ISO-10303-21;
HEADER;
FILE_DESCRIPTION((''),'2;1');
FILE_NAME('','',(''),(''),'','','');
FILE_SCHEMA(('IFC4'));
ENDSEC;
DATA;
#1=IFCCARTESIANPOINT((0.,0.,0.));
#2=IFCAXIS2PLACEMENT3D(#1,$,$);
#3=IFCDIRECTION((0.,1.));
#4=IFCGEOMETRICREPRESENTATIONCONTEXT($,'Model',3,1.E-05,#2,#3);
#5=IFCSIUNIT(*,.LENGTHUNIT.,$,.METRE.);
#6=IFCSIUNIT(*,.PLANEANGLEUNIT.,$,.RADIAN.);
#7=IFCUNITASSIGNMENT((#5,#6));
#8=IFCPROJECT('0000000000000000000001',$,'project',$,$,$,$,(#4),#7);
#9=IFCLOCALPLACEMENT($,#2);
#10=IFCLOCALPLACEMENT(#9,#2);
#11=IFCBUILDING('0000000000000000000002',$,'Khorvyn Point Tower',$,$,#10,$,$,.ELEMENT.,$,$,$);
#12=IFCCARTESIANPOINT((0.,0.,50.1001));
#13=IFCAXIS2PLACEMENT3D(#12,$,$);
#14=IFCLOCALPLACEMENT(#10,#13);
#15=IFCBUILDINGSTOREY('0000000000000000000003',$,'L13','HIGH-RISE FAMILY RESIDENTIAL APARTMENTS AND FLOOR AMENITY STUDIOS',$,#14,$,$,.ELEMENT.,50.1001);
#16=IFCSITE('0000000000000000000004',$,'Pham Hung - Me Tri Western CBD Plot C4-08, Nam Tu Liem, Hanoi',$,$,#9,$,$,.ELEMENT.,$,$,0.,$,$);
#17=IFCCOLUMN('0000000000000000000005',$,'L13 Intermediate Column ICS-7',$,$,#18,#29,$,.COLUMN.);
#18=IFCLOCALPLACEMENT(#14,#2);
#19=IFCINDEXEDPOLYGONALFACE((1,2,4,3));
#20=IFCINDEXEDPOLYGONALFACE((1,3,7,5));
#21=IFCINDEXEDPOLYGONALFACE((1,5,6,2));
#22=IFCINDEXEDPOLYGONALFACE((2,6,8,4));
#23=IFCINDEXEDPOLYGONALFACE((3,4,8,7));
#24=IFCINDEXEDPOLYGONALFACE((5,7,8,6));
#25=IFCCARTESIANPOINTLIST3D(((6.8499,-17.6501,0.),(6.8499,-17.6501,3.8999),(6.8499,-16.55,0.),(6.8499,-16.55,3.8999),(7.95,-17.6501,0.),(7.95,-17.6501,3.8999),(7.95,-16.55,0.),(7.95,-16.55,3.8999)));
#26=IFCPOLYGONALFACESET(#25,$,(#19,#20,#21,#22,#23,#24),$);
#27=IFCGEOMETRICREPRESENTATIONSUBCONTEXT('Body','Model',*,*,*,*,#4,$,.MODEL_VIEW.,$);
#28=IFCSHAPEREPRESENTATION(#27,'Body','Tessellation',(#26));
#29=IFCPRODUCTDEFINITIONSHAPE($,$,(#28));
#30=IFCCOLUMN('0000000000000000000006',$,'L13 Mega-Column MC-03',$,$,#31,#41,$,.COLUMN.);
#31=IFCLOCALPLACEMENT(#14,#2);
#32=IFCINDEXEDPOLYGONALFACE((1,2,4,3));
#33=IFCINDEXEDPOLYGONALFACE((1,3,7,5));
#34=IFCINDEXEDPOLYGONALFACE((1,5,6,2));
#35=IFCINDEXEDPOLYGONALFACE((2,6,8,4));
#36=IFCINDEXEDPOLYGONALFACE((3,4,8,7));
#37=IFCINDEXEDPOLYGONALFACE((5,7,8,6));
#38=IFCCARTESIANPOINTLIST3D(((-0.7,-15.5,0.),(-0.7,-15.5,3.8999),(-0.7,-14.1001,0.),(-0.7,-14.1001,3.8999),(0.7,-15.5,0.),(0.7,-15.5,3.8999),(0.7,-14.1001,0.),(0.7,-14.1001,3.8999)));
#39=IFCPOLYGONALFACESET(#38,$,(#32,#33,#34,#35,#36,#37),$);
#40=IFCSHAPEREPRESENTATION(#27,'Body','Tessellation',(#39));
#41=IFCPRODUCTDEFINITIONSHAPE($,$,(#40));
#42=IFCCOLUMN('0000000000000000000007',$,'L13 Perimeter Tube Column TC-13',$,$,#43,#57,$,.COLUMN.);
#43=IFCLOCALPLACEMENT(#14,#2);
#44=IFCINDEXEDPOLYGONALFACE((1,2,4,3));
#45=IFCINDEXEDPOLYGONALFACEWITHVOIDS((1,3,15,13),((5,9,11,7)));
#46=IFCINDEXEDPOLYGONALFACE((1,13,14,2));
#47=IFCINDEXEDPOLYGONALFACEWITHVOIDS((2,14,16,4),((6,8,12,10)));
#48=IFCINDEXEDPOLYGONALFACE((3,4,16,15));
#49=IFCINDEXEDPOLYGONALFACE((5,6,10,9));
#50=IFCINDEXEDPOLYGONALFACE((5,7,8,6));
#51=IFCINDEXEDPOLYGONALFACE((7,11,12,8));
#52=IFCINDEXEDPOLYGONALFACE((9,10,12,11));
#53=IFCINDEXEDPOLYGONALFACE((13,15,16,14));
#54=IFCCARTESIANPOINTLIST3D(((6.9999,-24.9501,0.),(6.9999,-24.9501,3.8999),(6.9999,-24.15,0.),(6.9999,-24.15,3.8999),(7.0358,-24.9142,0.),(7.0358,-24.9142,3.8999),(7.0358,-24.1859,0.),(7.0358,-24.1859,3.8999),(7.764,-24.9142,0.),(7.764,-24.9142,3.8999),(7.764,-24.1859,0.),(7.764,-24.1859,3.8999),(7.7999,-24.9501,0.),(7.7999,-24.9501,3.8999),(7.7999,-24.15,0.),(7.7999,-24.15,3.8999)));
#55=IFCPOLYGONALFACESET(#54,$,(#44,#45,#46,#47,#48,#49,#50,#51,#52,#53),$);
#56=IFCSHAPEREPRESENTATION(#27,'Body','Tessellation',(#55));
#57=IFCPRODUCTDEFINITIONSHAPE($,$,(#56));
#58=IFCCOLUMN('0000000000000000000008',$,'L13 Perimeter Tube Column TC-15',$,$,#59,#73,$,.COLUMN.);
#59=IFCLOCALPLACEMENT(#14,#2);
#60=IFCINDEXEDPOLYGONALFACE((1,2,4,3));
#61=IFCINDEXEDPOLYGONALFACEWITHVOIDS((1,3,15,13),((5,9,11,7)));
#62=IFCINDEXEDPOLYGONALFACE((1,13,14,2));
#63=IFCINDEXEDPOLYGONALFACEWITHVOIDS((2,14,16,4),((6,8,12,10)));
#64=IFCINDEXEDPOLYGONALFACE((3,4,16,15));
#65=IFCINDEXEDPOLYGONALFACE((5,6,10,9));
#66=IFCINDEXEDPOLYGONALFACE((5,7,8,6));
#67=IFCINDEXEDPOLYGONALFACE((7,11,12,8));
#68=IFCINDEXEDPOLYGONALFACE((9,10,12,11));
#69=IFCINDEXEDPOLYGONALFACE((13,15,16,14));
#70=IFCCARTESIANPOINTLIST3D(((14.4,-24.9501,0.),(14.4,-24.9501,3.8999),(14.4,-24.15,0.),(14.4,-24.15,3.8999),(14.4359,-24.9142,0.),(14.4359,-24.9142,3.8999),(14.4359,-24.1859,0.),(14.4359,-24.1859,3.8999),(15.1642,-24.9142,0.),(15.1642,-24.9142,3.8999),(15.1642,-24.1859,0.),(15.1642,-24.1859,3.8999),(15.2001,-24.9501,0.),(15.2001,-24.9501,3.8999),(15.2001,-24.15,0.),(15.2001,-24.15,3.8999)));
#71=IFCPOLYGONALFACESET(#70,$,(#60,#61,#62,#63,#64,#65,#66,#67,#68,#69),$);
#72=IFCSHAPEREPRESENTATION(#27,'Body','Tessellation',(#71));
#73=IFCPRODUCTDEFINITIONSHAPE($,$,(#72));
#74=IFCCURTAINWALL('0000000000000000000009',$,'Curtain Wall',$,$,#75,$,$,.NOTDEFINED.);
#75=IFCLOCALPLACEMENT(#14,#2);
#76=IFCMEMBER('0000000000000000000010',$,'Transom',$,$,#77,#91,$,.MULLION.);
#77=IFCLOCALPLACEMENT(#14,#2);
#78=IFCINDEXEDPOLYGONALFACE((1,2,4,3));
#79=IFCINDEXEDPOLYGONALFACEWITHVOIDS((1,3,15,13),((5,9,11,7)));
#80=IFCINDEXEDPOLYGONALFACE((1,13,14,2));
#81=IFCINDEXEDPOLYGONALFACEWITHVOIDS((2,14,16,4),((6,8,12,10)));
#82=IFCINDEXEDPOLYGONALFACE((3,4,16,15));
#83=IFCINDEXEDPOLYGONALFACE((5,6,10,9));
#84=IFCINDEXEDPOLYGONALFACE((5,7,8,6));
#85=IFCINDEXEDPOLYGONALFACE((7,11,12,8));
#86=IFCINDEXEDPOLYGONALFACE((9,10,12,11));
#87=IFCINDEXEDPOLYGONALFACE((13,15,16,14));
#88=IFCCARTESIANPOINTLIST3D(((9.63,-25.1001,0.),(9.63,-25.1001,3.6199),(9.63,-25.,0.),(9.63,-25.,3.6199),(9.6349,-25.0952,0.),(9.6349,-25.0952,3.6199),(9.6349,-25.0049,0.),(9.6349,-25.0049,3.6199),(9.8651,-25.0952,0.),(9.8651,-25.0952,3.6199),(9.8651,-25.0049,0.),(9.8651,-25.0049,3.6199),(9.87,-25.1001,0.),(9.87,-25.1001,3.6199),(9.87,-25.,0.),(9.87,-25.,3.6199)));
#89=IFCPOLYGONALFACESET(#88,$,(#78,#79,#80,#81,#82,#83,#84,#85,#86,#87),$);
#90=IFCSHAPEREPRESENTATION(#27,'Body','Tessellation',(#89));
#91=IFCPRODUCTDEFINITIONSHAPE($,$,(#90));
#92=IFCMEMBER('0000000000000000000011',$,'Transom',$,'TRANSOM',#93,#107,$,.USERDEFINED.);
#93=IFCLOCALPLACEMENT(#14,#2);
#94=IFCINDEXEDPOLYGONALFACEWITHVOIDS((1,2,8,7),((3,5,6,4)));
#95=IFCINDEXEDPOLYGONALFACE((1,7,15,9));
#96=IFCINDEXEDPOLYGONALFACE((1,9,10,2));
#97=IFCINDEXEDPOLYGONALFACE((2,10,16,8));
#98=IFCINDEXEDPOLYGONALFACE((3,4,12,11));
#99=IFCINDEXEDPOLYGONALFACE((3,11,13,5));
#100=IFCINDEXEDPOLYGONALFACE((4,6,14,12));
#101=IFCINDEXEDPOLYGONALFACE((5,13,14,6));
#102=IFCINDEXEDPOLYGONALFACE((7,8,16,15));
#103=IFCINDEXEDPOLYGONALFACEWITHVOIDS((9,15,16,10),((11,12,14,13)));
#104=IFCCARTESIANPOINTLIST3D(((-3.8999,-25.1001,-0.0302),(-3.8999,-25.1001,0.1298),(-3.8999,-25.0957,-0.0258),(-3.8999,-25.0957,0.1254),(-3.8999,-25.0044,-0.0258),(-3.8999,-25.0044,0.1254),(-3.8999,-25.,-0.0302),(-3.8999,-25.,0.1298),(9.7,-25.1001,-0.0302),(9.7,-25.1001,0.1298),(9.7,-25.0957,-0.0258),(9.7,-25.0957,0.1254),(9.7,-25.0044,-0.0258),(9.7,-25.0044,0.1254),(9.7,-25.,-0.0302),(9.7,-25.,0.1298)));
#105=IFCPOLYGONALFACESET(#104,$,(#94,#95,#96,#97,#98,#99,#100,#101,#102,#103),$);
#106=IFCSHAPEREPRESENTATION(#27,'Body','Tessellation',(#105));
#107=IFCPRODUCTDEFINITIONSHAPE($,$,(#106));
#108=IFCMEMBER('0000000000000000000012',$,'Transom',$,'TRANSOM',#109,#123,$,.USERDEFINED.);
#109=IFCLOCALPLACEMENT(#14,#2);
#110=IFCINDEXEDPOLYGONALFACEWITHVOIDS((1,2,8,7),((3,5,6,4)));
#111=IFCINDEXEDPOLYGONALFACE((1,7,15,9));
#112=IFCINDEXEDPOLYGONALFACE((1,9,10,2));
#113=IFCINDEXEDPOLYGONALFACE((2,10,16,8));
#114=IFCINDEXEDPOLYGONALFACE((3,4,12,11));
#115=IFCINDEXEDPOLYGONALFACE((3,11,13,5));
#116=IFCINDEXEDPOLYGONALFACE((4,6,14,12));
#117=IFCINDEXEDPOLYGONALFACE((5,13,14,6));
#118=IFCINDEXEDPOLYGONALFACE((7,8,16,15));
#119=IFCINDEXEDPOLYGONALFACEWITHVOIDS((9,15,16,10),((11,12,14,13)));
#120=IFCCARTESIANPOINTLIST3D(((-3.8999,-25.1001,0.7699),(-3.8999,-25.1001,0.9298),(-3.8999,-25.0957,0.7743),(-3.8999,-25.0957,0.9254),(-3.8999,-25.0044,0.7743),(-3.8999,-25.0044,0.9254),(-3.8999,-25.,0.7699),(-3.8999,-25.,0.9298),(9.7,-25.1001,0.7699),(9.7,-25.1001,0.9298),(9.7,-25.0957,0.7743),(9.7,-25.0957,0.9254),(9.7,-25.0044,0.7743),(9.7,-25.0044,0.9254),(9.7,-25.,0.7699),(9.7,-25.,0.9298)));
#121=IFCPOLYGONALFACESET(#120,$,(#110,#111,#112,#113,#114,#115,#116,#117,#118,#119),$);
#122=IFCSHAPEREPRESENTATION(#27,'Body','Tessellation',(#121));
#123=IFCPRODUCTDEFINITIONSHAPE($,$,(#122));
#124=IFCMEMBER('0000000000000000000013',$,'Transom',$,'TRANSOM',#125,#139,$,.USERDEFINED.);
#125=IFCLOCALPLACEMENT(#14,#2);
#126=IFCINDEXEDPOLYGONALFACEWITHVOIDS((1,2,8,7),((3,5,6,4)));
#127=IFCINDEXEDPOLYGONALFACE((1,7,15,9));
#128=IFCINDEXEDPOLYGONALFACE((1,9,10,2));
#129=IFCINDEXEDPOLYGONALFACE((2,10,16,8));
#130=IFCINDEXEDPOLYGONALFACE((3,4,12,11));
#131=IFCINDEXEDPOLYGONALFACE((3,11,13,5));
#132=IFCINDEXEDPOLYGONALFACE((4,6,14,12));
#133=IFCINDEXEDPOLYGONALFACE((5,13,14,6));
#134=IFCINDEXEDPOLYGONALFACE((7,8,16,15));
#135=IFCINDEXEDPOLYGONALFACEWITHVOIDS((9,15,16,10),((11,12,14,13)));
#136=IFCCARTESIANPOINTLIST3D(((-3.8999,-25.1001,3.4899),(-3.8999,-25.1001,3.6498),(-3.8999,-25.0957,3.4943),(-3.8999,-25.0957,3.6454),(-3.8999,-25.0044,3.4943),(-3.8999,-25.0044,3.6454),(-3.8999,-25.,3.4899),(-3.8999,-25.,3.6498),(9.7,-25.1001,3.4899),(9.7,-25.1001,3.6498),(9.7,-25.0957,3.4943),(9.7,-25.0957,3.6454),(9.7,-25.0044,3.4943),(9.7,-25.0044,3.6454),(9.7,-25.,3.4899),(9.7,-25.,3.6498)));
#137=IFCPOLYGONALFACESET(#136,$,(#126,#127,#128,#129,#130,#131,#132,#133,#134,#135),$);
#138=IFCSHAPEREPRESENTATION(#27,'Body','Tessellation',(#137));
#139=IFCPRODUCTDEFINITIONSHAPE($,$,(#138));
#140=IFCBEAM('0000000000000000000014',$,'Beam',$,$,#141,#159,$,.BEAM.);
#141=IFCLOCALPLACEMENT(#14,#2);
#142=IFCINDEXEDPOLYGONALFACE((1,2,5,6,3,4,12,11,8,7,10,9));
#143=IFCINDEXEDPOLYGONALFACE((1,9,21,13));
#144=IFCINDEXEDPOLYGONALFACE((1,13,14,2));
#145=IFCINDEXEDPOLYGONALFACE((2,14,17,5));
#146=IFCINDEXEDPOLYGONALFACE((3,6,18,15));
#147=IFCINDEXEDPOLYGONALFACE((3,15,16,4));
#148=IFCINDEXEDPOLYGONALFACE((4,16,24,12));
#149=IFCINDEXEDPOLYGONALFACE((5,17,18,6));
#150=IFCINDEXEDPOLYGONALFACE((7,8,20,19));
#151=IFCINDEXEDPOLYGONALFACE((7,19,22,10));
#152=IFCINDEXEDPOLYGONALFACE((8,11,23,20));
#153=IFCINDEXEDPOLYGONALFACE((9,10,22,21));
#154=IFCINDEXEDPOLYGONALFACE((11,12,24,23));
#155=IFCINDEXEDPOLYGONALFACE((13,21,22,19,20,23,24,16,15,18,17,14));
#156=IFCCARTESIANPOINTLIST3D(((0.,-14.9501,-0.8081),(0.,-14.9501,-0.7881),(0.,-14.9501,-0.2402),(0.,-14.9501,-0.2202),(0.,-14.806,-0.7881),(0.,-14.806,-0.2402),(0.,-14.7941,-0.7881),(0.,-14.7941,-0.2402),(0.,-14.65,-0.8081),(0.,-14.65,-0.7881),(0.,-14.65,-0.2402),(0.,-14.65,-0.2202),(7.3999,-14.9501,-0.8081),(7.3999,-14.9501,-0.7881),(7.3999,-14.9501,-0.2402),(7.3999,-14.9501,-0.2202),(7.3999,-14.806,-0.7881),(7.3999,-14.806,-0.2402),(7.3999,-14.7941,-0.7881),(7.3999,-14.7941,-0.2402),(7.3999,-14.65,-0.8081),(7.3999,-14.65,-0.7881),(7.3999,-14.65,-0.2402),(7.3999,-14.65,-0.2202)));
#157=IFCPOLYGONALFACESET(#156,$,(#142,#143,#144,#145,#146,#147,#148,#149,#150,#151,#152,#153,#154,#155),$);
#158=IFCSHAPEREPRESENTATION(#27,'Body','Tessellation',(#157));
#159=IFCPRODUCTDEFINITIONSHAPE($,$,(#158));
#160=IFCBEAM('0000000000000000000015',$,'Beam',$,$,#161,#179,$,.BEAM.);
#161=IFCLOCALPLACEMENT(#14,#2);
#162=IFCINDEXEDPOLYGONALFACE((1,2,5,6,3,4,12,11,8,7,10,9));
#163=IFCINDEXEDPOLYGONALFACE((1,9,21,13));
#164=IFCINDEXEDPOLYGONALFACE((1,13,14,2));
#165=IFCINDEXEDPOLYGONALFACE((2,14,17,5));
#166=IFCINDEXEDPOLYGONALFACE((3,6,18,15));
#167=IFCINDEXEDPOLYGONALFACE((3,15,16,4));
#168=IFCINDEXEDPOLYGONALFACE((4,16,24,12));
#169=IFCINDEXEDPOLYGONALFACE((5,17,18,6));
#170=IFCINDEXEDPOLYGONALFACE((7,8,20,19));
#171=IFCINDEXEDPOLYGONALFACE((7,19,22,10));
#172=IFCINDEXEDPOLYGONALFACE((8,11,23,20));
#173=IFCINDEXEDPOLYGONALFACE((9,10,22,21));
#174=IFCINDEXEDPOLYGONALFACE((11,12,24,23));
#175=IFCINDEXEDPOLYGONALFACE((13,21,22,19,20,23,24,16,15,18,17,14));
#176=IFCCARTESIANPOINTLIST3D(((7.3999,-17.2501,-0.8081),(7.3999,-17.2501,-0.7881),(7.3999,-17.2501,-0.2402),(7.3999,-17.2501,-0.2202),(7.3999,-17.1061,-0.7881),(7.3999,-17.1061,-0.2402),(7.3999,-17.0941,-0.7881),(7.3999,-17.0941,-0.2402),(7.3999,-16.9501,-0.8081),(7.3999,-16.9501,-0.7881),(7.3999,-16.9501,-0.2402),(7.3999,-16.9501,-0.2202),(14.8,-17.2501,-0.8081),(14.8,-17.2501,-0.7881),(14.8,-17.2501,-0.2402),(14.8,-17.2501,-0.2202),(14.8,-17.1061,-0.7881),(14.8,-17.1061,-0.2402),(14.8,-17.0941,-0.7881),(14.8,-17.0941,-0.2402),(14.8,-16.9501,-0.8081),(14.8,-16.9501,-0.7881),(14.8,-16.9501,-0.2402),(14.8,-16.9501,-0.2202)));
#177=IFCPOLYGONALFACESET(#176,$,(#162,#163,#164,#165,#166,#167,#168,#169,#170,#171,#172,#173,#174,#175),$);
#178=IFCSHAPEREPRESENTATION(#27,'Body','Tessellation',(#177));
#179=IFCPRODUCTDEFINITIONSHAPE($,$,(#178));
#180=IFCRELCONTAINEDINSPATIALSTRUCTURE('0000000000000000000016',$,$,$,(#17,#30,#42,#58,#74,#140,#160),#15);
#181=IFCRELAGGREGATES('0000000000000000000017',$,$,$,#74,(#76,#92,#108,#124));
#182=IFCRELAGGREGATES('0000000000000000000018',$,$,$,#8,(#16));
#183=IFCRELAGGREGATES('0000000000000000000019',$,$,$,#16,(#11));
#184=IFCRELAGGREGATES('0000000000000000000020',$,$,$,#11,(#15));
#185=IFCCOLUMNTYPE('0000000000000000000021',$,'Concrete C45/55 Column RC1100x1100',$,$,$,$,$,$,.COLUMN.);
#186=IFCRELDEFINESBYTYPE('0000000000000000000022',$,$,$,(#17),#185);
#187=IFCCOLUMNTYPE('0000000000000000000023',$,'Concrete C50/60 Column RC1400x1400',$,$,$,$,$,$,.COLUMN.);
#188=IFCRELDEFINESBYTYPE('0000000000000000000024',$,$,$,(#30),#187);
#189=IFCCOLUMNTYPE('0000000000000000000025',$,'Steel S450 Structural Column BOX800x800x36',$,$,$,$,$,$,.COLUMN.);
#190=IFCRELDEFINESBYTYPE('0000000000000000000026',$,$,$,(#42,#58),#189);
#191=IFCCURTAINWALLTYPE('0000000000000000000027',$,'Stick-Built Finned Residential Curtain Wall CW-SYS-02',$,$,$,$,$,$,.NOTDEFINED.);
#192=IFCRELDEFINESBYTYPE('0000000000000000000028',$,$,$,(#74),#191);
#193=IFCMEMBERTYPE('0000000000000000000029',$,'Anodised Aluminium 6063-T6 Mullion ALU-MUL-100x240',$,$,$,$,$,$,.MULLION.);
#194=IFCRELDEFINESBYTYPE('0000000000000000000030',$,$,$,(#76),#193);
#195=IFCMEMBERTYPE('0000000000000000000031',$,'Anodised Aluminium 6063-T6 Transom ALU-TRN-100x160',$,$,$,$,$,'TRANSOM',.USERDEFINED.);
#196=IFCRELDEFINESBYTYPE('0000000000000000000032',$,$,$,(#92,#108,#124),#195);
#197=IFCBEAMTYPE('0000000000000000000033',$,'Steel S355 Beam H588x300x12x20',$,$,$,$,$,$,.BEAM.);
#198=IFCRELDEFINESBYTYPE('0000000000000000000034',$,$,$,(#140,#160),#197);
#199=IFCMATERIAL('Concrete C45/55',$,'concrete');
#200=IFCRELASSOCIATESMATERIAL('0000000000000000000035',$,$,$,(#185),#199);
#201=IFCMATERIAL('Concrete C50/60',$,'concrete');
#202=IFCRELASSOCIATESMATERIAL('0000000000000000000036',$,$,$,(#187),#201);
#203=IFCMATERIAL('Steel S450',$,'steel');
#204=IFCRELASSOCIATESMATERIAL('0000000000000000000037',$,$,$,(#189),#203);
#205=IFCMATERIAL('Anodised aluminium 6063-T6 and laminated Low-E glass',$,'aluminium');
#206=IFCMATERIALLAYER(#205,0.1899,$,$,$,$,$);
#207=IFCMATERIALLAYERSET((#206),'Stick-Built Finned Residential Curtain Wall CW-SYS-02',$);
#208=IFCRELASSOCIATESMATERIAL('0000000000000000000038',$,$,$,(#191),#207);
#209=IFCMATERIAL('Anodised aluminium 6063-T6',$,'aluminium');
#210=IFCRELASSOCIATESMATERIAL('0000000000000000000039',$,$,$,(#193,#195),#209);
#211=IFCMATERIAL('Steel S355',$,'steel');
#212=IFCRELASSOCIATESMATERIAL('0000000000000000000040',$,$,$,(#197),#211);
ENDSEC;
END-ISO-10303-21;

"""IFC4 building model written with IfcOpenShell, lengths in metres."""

from ifc_helpers import new_model, si_unit, direction, frame, origin, origin_2d, place, context, subcontext, project, spatial, rectangle, hollow_rectangle, i_section, extrude, material, layer, layer_set, material_profile, profile_set, type_object, element, aggregate, save


model = new_model("IFC4")

# Units and contexts
model_context = context("Model", 3, precision=1e-05, world=origin(), true_north=direction((0.0, 1.0)))
body_context = subcontext(model_context, "Body", "Model", "MODEL_VIEW")
ifc_project = project(units=[si_unit("LENGTHUNIT", "METRE"), si_unit("PLANEANGLEUNIT", "RADIAN")], contexts=[model_context])

# Site, building, storey
site_placement = place(None, origin())
site = spatial("IfcSite", under=ifc_project, at=site_placement, Name="Pham Hung - Me Tri Western CBD Plot C4-08, Nam Tu Liem, Hanoi", CompositionType="ELEMENT", RefElevation=0.0)
building_placement = place(site_placement, origin())
building = spatial("IfcBuilding", under=site, at=building_placement, Name="Khorvyn Point Tower", CompositionType="ELEMENT")
storey_placement = place(building_placement, frame((0.0, 0.0, 50.1001)))
storey = spatial("IfcBuildingStorey", under=building, at=storey_placement, Name="L13", Description="HIGH-RISE FAMILY RESIDENTIAL APARTMENTS AND FLOOR AMENITY STUDIOS", CompositionType="ELEMENT", Elevation=50.1001)

# Columns
ifc_material_1 = material(Name="Concrete C45/55", Category="concrete")
ifc_material_profile_1 = material_profile(ifc_material_1, rectangle(XDim=1.1001, YDim=1.1001, at=origin_2d()))
ifc_profile_set_1 = profile_set([ifc_material_profile_1], Name="Concrete C45/55 RC1100x1100")
column_type_1 = type_object("IfcColumnType", Name="Concrete C45/55 Column RC1100x1100", PredefinedType="COLUMN", material=ifc_profile_set_1)
column_1_placement = place(storey_placement, frame((7.3999, -17.1001, 0.0), z_axis=(0.0, 0.0, 1.0), x_axis=(1.0, 0.0, 0.0)))
element("IfcColumn", 1, at=column_1_placement, inside=storey, type_object=column_type_1, Name="L13 Intermediate Column ICS-7", PredefinedType="COLUMN", context=body_context, shape_type="SweptSolid", body=[
    extrude(rectangle(XDim=1.1001, YDim=1.1001, at=origin_2d()), origin(), (0.0, 0.0, 1.0), 3.8999),
])
ifc_material_2 = material(Name="Concrete C50/60", Category="concrete")
ifc_material_profile_2 = material_profile(ifc_material_2, rectangle(XDim=1.3999, YDim=1.3999, at=origin_2d()))
ifc_profile_set_2 = profile_set([ifc_material_profile_2], Name="Concrete C50/60 RC1400x1400")
column_type_2 = type_object("IfcColumnType", Name="Concrete C50/60 Column RC1400x1400", PredefinedType="COLUMN", material=ifc_profile_set_2)
column_2_placement = place(storey_placement, frame((0.0, -14.8, 0.0), z_axis=(0.0, 0.0, 1.0), x_axis=(1.0, 0.0, 0.0)))
element("IfcColumn", 2, at=column_2_placement, inside=storey, type_object=column_type_2, Name="L13 Mega-Column MC-03", PredefinedType="COLUMN", context=body_context, shape_type="SweptSolid", body=[
    extrude(rectangle(XDim=1.3999, YDim=1.3999, at=origin_2d()), origin(), (0.0, 0.0, 1.0), 3.8999),
])
ifc_material_3 = material(Name="Steel S450", Category="steel")
ifc_material_profile_3 = material_profile(ifc_material_3, hollow_rectangle(XDim=0.8, YDim=0.8, WallThickness=0.0359, at=origin_2d()))
ifc_profile_set_3 = profile_set([ifc_material_profile_3], Name="Steel S450 BOX800x800x36")
column_type_3 = type_object("IfcColumnType", Name="Steel S450 Structural Column BOX800x800x36", PredefinedType="COLUMN", material=ifc_profile_set_3)
for number, where, z_axis, x_axis, name in (
    (3, (7.3999, -24.55, 0.0), (0.0, 0.0, 1.0), (1.0, 0.0, 0.0), "L13 Perimeter Tube Column TC-13"),
    (4, (14.8, -24.55, 0.0), (0.0, 0.0, 1.0), (1.0, 0.0, 0.0), "L13 Perimeter Tube Column TC-15"),
):
    element("IfcColumn", number, at=place(storey_placement, frame(where, z_axis=z_axis, x_axis=x_axis)), inside=storey, type_object=column_type_3, Name=name, PredefinedType="COLUMN", context=body_context, shape_type="SweptSolid", body=[
        extrude(hollow_rectangle(XDim=0.8, YDim=0.8, WallThickness=0.0359, at=origin_2d()), origin(), (0.0, 0.0, 1.0), 3.8999),
    ])

# Curtain wall, members
ifc_material_4 = material(Name="Anodised aluminium 6063-T6 and laminated Low-E glass", Category="aluminium")
ifc_layer_1 = layer(ifc_material_4, 0.1899)
ifc_layer_set_1 = layer_set([ifc_layer_1], Name="Stick-Built Finned Residential Curtain Wall CW-SYS-02")
curtain_wall_type = type_object("IfcCurtainWallType", Name="Stick-Built Finned Residential Curtain Wall CW-SYS-02", PredefinedType="NOTDEFINED", material=ifc_layer_set_1)
curtain_wall_placement = place(storey_placement, origin())
curtain_wall = element("IfcCurtainWall", 5, at=curtain_wall_placement, inside=storey, type_object=curtain_wall_type, Name="Curtain Wall", PredefinedType="NOTDEFINED")
ifc_material_5 = material(Name="Anodised aluminium 6063-T6", Category="aluminium")
ifc_material_profile_4 = material_profile(ifc_material_5, hollow_rectangle(XDim=0.1001, YDim=0.24, WallThickness=0.0049, at=origin_2d()))
ifc_profile_set_4 = profile_set([ifc_material_profile_4], Name="Anodised aluminium 6063-T6 ALU-MUL-100x240")
member_type_1 = type_object("IfcMemberType", Name="Anodised Aluminium 6063-T6 Mullion ALU-MUL-100x240", PredefinedType="MULLION", material=ifc_profile_set_4)
member_1_placement = place(storey_placement, frame((9.75, -25.05, 0.0), z_axis=(0.0, 0.0, 1.0), x_axis=(0.0, -1.0, 0.0)))
member_1 = element("IfcMember", 6, at=member_1_placement, type_object=member_type_1, Name="Transom", PredefinedType="MULLION", context=body_context, shape_type="SweptSolid", body=[
    extrude(hollow_rectangle(XDim=0.1001, YDim=0.24, WallThickness=0.0049, at=origin_2d()), origin(), (0.0, 0.0, 1.0), 3.6199),
])
ifc_material_profile_5 = material_profile(ifc_material_5, hollow_rectangle(XDim=0.1001, YDim=0.1599, WallThickness=0.0044, at=origin_2d()))
ifc_profile_set_5 = profile_set([ifc_material_profile_5], Name="Anodised aluminium 6063-T6 ALU-TRN-100x160")
member_type_2 = type_object("IfcMemberType", Name="Anodised Aluminium 6063-T6 Transom ALU-TRN-100x160", ElementType="TRANSOM", PredefinedType="USERDEFINED", material=ifc_profile_set_5)
member_2_placement = place(storey_placement, frame((9.7, -25.05, 0.0498), z_axis=(-1.0, 0.0, 0.0), x_axis=(0.0, -1.0, 0.0)))
member_2 = element("IfcMember", 7, at=member_2_placement, type_object=member_type_2, Name="Transom", ObjectType="TRANSOM", PredefinedType="USERDEFINED", context=body_context, shape_type="SweptSolid", body=[
    extrude(hollow_rectangle(XDim=0.1001, YDim=0.1599, WallThickness=0.0044, at=origin_2d()), origin(), (0.0, 0.0, 1.0), 13.5999),
])
member_3_placement = place(storey_placement, frame((9.7, -25.05, 0.8499), z_axis=(-1.0, 0.0, 0.0), x_axis=(0.0, -1.0, 0.0)))
member_3 = element("IfcMember", 8, at=member_3_placement, type_object=member_type_2, Name="Transom", ObjectType="TRANSOM", PredefinedType="USERDEFINED", context=body_context, shape_type="SweptSolid", body=[
    extrude(hollow_rectangle(XDim=0.1001, YDim=0.1599, WallThickness=0.0044, at=origin_2d()), origin(), (0.0, 0.0, 1.0), 13.5999),
])
member_4_placement = place(storey_placement, frame((9.7, -25.05, 3.5698), z_axis=(-1.0, 0.0, 0.0), x_axis=(0.0, -1.0, 0.0)))
member_4 = element("IfcMember", 9, at=member_4_placement, type_object=member_type_2, Name="Transom", ObjectType="TRANSOM", PredefinedType="USERDEFINED", context=body_context, shape_type="SweptSolid", body=[
    extrude(hollow_rectangle(XDim=0.1001, YDim=0.1599, WallThickness=0.0044, at=origin_2d()), origin(), (0.0, 0.0, 1.0), 13.5999),
])

# Beams
ifc_material_6 = material(Name="Steel S355", Category="steel")
ifc_material_profile_6 = material_profile(ifc_material_6, i_section(OverallWidth=0.3, OverallDepth=0.5879, WebThickness=0.012, FlangeThickness=0.02, at=origin_2d()))
ifc_profile_set_6 = profile_set([ifc_material_profile_6], Name="Steel S355 H588x300x12x20")
beam_type_1 = type_object("IfcBeamType", Name="Steel S355 Beam H588x300x12x20", PredefinedType="BEAM", material=ifc_profile_set_6)
beam_1_placement = place(storey_placement, frame((0.0, -14.8, -0.5142), z_axis=(1.0, 0.0, 0.0), x_axis=(0.0, 1.0, 0.0)))
element("IfcBeam", 10, at=beam_1_placement, inside=storey, type_object=beam_type_1, Name="Beam", PredefinedType="BEAM", context=body_context, shape_type="SweptSolid", body=[
    extrude(i_section(OverallWidth=0.3, OverallDepth=0.5879, WebThickness=0.012, FlangeThickness=0.02, at=origin_2d()), origin(), (0.0, 0.0, 1.0), 7.3999),
])
beam_2_placement = place(storey_placement, frame((7.3999, -17.1001, -0.5142), z_axis=(1.0, 0.0, 0.0), x_axis=(0.0, 1.0, 0.0)))
element("IfcBeam", 11, at=beam_2_placement, inside=storey, type_object=beam_type_1, Name="Beam", PredefinedType="BEAM", context=body_context, shape_type="SweptSolid", body=[
    extrude(i_section(OverallWidth=0.3, OverallDepth=0.5879, WebThickness=0.012, FlangeThickness=0.02, at=origin_2d()), origin(), (0.0, 0.0, 1.0), 7.4001),
])

aggregate(curtain_wall, [member_1, member_2, member_3, member_4])

save(model, "model.ifc")
